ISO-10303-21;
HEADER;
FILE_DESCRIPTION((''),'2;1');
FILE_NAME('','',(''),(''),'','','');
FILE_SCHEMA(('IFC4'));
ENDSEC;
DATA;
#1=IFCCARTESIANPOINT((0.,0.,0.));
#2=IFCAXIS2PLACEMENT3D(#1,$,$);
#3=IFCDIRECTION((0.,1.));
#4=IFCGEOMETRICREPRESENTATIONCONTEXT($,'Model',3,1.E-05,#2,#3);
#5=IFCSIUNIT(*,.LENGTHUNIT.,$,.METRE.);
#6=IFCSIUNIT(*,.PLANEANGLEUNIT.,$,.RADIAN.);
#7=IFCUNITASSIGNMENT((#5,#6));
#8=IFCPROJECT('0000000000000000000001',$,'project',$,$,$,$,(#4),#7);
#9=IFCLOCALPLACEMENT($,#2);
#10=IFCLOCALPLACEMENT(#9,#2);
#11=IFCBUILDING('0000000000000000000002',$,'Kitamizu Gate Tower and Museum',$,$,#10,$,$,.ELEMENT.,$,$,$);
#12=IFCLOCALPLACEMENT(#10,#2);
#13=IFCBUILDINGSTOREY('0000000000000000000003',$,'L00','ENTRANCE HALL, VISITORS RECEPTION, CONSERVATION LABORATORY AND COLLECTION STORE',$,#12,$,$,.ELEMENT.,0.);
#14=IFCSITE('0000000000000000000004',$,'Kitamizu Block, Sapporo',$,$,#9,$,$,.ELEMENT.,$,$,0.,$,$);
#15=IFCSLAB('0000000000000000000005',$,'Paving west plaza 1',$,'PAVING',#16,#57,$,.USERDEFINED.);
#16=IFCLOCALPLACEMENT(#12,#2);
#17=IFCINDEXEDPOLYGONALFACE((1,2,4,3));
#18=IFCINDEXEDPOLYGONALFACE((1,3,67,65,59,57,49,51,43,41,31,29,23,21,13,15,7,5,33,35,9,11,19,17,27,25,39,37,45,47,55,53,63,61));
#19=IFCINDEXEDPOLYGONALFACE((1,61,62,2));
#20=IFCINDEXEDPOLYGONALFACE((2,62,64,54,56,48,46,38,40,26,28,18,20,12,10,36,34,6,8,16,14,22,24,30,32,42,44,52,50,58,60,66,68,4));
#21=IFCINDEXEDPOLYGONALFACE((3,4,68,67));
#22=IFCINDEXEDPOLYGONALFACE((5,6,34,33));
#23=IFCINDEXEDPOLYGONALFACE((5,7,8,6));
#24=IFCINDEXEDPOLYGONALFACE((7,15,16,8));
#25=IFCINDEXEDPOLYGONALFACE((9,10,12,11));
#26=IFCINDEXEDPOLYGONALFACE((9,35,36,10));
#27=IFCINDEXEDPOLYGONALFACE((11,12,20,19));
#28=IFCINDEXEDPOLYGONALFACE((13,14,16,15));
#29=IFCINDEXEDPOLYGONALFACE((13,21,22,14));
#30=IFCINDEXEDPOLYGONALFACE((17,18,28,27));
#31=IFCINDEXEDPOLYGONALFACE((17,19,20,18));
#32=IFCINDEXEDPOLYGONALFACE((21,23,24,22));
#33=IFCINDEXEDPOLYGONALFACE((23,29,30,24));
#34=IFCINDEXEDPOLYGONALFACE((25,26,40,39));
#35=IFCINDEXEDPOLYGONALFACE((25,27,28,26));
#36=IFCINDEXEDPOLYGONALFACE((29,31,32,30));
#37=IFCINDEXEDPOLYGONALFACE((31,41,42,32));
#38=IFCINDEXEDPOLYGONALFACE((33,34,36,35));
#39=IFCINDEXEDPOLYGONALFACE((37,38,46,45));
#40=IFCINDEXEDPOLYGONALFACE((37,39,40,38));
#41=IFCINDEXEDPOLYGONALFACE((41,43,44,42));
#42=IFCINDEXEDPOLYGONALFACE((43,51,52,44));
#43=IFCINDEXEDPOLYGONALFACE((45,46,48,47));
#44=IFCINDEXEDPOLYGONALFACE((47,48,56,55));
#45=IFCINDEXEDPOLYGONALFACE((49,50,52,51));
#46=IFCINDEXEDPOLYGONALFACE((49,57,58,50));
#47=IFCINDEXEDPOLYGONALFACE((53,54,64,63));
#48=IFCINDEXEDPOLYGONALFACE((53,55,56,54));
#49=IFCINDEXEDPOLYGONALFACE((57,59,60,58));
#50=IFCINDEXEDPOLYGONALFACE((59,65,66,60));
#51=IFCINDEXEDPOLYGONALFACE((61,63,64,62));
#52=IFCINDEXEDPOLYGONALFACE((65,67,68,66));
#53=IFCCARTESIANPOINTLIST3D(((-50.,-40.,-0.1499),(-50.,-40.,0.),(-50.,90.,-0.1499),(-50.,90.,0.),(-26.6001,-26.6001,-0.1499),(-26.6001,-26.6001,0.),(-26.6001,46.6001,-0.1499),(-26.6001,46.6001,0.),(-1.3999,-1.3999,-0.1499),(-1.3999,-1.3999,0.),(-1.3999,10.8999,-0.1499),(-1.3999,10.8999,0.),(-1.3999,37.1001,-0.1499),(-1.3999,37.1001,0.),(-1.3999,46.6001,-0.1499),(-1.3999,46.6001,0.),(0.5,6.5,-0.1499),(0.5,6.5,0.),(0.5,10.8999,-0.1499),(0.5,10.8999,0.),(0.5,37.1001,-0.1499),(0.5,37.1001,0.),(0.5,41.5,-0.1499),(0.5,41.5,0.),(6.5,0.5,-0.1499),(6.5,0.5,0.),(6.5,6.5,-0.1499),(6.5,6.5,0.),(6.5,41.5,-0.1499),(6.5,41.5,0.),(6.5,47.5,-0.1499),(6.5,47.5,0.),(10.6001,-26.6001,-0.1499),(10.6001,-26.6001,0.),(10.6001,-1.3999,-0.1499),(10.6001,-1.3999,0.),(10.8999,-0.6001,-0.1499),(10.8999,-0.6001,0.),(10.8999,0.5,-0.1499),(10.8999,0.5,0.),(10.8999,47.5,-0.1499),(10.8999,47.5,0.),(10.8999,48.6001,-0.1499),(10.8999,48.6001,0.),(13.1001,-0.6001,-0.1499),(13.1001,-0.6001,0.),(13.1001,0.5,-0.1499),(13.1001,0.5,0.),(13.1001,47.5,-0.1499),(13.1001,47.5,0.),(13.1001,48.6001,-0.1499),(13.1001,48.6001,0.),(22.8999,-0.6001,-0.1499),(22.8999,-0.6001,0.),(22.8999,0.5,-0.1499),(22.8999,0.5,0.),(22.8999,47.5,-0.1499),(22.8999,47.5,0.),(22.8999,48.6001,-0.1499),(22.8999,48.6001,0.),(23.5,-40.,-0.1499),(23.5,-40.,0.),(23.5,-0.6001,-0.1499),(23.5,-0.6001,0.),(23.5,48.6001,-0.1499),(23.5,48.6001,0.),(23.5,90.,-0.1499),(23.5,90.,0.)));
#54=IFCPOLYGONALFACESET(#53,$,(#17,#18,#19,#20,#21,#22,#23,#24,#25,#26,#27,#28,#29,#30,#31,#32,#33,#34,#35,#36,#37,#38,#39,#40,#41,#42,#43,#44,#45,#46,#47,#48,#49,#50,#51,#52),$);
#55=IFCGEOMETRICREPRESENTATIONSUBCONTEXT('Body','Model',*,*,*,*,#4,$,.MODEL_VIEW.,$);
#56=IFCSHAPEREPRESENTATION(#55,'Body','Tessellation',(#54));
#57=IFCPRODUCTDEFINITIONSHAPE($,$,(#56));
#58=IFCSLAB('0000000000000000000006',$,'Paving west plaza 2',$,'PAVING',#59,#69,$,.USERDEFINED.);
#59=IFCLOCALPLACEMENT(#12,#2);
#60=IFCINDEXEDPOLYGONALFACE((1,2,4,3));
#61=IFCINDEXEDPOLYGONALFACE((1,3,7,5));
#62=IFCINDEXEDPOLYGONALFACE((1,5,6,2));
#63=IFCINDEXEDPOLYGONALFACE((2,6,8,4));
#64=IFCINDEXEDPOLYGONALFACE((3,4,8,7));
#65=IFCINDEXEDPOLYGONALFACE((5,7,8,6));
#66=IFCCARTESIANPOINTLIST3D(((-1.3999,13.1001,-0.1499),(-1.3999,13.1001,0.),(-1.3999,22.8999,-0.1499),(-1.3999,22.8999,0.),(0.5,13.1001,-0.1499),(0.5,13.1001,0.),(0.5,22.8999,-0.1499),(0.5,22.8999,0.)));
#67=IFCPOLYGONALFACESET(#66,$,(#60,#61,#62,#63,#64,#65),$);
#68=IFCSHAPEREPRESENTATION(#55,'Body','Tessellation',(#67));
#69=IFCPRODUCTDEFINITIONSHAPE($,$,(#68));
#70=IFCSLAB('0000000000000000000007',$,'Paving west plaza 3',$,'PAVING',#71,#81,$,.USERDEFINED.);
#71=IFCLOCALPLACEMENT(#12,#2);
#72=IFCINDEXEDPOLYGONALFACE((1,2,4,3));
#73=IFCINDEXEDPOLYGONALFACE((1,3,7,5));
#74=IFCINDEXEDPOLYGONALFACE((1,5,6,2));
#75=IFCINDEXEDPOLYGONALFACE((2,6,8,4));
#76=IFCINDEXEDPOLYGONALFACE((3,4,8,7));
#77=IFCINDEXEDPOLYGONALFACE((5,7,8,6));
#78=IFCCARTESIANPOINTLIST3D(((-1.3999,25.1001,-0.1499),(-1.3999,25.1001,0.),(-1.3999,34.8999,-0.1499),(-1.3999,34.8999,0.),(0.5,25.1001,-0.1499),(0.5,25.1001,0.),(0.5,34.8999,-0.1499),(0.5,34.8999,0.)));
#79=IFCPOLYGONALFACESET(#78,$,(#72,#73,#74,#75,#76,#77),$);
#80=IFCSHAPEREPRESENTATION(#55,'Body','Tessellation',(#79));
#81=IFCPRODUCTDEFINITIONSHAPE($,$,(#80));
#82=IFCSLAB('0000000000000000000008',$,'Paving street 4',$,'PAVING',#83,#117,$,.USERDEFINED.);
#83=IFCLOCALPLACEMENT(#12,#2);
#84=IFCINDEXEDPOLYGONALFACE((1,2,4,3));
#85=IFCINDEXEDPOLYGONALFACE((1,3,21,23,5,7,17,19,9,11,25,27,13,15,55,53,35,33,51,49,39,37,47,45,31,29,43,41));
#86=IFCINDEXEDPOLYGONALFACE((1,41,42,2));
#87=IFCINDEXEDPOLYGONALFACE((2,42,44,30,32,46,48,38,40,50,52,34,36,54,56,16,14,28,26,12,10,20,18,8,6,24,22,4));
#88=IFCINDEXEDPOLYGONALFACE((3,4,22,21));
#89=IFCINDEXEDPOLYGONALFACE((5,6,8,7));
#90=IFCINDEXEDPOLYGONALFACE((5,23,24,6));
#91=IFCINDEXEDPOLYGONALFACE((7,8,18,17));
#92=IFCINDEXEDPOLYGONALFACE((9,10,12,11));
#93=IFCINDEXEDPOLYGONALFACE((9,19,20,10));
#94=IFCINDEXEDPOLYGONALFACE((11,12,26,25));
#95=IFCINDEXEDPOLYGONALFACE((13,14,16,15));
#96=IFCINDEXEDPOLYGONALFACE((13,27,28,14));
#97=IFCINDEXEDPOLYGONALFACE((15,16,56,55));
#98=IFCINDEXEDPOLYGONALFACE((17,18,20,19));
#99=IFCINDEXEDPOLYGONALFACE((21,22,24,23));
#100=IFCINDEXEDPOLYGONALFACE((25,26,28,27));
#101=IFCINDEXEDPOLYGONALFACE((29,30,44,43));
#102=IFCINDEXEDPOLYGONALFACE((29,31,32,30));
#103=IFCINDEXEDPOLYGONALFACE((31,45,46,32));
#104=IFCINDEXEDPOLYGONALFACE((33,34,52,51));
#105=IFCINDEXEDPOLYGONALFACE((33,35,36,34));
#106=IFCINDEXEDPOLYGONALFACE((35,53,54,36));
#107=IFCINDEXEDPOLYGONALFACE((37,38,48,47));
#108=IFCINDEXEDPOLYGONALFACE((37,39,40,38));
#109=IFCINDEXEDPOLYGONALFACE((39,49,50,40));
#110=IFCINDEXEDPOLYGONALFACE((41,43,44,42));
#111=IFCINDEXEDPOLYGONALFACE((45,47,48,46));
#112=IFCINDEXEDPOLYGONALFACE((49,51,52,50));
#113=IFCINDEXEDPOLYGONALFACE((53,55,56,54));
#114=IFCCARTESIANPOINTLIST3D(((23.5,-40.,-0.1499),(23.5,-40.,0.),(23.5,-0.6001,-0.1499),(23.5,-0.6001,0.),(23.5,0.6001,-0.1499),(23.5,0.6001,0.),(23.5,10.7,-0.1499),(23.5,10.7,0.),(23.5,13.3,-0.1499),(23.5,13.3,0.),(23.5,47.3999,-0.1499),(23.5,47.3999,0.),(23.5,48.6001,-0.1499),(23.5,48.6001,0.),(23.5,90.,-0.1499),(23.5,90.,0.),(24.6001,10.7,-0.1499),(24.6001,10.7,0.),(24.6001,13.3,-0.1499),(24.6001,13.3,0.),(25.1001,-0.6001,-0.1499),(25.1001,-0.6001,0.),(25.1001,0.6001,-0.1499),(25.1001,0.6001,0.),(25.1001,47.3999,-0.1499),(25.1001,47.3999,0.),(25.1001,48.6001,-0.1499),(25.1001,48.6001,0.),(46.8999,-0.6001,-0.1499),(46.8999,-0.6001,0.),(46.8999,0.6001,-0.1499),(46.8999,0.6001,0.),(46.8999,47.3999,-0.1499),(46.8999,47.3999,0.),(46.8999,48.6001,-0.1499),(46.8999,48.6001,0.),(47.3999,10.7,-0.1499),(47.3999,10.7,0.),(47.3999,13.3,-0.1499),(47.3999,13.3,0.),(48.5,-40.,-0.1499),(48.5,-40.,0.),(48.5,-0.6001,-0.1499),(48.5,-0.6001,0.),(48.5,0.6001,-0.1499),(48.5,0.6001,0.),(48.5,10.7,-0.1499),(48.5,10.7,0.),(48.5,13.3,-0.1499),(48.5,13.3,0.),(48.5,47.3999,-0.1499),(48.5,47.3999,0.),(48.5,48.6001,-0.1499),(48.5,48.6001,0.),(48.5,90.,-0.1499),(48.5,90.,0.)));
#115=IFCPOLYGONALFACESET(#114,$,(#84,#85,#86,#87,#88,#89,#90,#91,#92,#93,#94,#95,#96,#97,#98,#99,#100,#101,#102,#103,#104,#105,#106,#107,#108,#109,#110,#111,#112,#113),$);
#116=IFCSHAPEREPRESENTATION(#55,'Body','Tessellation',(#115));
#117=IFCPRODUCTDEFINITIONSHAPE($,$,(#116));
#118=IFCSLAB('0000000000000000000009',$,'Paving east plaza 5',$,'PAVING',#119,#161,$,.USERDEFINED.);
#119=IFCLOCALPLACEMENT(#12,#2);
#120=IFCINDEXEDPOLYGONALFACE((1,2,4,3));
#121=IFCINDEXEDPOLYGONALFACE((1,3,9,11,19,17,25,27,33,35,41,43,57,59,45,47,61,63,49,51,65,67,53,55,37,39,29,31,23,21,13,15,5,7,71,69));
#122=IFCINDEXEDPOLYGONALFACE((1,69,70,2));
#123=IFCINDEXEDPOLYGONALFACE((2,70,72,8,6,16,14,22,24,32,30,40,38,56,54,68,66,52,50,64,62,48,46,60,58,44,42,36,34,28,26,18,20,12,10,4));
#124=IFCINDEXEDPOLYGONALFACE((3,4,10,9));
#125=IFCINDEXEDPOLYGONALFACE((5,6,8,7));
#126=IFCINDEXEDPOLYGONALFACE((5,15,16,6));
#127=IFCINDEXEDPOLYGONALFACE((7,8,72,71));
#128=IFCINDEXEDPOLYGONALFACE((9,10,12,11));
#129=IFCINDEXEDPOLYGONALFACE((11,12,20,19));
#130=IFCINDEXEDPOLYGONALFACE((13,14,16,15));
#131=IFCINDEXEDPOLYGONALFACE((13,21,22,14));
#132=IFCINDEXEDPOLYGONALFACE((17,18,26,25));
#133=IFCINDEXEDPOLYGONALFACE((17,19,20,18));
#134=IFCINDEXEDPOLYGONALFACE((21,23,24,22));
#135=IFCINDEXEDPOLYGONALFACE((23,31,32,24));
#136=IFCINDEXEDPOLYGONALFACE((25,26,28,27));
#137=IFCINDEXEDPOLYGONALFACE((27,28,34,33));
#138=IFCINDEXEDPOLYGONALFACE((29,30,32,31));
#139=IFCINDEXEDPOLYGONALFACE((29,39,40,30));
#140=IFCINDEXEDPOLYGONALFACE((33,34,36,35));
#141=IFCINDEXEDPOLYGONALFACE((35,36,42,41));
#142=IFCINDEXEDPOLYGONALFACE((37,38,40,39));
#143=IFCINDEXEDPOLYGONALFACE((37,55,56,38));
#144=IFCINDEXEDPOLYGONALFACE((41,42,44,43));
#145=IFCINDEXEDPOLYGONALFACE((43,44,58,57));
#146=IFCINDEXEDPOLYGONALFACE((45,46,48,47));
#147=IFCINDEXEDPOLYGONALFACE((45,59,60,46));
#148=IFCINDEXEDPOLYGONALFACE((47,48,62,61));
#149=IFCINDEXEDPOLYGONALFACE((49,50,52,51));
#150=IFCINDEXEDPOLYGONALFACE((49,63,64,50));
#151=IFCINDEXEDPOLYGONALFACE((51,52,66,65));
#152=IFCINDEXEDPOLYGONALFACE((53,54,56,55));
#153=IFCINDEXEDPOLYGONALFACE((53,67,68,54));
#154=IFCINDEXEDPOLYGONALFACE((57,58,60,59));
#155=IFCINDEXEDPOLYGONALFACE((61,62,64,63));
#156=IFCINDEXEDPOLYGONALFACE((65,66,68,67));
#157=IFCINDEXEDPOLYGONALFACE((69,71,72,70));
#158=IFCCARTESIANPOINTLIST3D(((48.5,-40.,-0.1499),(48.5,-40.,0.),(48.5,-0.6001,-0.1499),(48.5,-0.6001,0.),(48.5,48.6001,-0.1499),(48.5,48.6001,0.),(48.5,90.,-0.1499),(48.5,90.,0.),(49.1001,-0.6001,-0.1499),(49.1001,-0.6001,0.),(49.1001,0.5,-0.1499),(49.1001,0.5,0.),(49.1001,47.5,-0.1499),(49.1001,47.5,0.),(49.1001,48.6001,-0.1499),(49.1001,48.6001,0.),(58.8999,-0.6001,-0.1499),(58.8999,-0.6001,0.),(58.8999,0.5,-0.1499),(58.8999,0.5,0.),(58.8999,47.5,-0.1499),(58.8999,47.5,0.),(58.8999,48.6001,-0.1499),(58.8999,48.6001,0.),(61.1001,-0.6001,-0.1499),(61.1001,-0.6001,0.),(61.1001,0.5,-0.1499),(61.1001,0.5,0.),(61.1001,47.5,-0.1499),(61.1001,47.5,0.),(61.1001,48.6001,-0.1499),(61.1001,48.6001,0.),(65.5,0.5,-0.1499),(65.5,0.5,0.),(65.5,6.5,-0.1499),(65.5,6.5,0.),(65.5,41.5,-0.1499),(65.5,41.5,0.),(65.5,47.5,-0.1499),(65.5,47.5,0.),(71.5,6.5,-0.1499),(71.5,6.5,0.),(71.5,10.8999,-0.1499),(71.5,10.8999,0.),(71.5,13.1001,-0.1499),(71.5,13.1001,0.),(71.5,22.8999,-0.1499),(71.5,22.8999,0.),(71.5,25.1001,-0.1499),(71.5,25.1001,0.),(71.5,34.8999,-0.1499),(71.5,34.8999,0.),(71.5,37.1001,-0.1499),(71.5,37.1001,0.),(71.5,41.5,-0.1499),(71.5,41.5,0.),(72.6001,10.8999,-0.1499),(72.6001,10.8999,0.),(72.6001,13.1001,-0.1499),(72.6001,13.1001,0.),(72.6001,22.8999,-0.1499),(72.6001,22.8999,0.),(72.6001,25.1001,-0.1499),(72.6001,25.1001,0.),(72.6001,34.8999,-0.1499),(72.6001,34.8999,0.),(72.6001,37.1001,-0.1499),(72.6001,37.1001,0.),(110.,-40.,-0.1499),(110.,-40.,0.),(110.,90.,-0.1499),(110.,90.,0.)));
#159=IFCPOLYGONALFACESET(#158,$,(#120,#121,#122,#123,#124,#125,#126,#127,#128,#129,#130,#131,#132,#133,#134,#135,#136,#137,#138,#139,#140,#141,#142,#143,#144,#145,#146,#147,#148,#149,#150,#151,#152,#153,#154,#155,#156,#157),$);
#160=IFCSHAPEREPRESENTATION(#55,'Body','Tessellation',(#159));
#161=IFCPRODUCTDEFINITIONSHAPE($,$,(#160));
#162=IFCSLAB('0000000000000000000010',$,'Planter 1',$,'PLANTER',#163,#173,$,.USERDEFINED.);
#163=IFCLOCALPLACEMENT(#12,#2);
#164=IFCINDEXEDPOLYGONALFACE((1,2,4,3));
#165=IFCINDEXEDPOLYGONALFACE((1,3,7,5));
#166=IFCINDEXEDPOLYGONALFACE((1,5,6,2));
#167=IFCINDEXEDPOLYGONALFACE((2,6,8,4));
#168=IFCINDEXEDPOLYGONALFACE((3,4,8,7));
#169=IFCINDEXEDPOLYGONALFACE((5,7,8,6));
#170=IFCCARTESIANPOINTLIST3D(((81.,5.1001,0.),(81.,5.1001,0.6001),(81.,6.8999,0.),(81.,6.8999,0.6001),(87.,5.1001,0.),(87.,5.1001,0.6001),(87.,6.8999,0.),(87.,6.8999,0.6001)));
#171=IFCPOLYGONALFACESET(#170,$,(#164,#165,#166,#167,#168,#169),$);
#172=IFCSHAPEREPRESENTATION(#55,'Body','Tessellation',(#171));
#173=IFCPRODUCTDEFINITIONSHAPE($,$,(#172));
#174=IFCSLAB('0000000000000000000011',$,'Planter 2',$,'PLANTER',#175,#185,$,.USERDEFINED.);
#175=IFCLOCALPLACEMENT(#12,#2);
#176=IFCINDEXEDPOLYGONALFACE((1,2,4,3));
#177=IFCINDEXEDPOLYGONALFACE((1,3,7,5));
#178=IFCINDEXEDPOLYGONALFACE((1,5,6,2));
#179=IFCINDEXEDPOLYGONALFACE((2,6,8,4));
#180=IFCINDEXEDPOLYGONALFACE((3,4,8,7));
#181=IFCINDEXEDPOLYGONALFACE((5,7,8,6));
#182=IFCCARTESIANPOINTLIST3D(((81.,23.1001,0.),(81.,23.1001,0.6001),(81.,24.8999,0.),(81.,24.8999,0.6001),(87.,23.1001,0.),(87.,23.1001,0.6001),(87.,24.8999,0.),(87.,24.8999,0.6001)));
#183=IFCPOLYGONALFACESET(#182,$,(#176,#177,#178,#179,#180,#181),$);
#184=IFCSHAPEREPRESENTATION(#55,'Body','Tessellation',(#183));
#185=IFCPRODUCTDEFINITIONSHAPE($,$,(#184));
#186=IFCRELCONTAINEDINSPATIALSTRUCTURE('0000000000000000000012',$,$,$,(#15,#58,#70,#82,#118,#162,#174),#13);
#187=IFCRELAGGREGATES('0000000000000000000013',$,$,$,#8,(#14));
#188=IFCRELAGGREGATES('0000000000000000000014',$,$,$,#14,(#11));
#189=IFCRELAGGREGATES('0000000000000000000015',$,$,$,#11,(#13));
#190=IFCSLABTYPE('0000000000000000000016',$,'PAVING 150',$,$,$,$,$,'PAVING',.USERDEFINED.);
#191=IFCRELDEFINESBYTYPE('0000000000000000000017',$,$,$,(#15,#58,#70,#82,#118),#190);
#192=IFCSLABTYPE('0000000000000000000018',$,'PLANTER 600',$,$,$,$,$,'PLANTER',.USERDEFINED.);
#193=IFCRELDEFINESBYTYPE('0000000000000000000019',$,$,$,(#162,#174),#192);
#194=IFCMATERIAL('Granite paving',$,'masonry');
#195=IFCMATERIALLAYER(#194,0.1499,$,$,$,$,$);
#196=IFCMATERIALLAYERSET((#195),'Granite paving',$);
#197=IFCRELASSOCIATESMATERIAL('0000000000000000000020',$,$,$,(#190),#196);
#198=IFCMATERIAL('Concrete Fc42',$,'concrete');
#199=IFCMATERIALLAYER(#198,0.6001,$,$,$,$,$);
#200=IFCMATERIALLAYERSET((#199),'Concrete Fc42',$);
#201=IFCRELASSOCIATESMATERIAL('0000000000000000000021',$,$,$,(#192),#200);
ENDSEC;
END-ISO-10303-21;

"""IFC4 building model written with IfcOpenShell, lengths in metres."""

from ifc_helpers import new_model, si_unit, direction, frame, origin, place, context, subcontext, project, spatial, polyline, outline, extrude, material, layer, layer_set, type_object, element, save


model = new_model("IFC4")

# Units and contexts
model_context = context("Model", 3, precision=1e-05, world=origin(), true_north=direction((0.0, 1.0)))
body_context = subcontext(model_context, "Body", "Model", "MODEL_VIEW")
ifc_project = project(units=[si_unit("LENGTHUNIT", "METRE"), si_unit("PLANEANGLEUNIT", "RADIAN")], contexts=[model_context])

# Site, building, storey
site_placement = place(None, origin())
site = spatial("IfcSite", under=ifc_project, at=site_placement, Name="Kitamizu Block, Sapporo", CompositionType="ELEMENT", RefElevation=0.0)
building_placement = place(site_placement, origin())
building = spatial("IfcBuilding", under=site, at=building_placement, Name="Kitamizu Gate Tower and Museum", CompositionType="ELEMENT")
storey_placement = place(building_placement, origin())
storey = spatial("IfcBuildingStorey", under=building, at=storey_placement, Name="L00", Description="ENTRANCE HALL, VISITORS RECEPTION, CONSERVATION LABORATORY AND COLLECTION STORE", CompositionType="ELEMENT", Elevation=0.0)

# Slabs
ifc_material_1 = material(Name="Granite paving", Category="masonry")
ifc_layer_1 = layer(ifc_material_1, 0.1499)
ifc_layer_set_1 = layer_set([ifc_layer_1], Name="Granite paving")
slab_type_1 = type_object("IfcSlabType", Name="PAVING 150", ElementType="PAVING", PredefinedType="USERDEFINED", material=ifc_layer_set_1)
slab_1_placement = place(storey_placement, frame((0.0, 0.0, -0.1499)))
element("IfcSlab", 1, at=slab_1_placement, inside=storey, type_object=slab_type_1, Name="Paving west plaza 1", ObjectType="PAVING", PredefinedType="USERDEFINED", context=body_context, shape_type="SweptSolid", body=[
    extrude(outline(polyline([(-50.0, -40.0), (-50.0, 90.0), (23.5, 90.0), (23.5, 48.6001), (22.8999, 48.6001), (22.8999, 47.5), (13.1001, 47.5), (13.1001, 48.6001), (10.8999, 48.6001), (10.8999, 47.5), (6.5, 47.5), (6.5, 41.5), (0.5, 41.5), (0.5, 37.1001), (-1.3999, 37.1001), (-1.3999, 46.6001), (-26.6001, 46.6001), (-26.6001, -26.6001), (10.6001, -26.6001), (10.6001, -1.3999), (-1.3999, -1.3999), (-1.3999, 10.8999), (0.5, 10.8999), (0.5, 6.5), (6.5, 6.5), (6.5, 0.5), (10.8999, 0.5), (10.8999, -0.6001), (13.1001, -0.6001), (13.1001, 0.5), (22.8999, 0.5), (22.8999, -0.6001), (23.5, -0.6001), (23.5, -40.0), (-50.0, -40.0)])), origin(), (0.0, 0.0, 1.0), 0.1499),
])
slab_2_placement = place(storey_placement, frame((0.0, 0.0, -0.1499)))
element("IfcSlab", 2, at=slab_2_placement, inside=storey, type_object=slab_type_1, Name="Paving west plaza 2", ObjectType="PAVING", PredefinedType="USERDEFINED", context=body_context, shape_type="SweptSolid", body=[
    extrude(outline(polyline([(-1.3999, 22.8999), (0.5, 22.8999), (0.5, 13.1001), (-1.3999, 13.1001), (-1.3999, 22.8999)])), origin(), (0.0, 0.0, 1.0), 0.1499),
])
slab_3_placement = place(storey_placement, frame((0.0, 0.0, -0.1499)))
element("IfcSlab", 3, at=slab_3_placement, inside=storey, type_object=slab_type_1, Name="Paving west plaza 3", ObjectType="PAVING", PredefinedType="USERDEFINED", context=body_context, shape_type="SweptSolid", body=[
    extrude(outline(polyline([(-1.3999, 34.8999), (0.5, 34.8999), (0.5, 25.1001), (-1.3999, 25.1001), (-1.3999, 34.8999)])), origin(), (0.0, 0.0, 1.0), 0.1499),
])
slab_4_placement = place(storey_placement, frame((0.0, 0.0, -0.1499)))
element("IfcSlab", 4, at=slab_4_placement, inside=storey, type_object=slab_type_1, Name="Paving street 4", ObjectType="PAVING", PredefinedType="USERDEFINED", context=body_context, shape_type="SweptSolid", body=[
    extrude(outline(polyline([(23.5, -40.0), (23.5, -0.6001), (25.1001, -0.6001), (25.1001, 0.6001), (23.5, 0.6001), (23.5, 10.7), (24.6001, 10.7), (24.6001, 13.3), (23.5, 13.3), (23.5, 47.3999), (25.1001, 47.3999), (25.1001, 48.6001), (23.5, 48.6001), (23.5, 90.0), (48.5, 90.0), (48.5, 48.6001), (46.8999, 48.6001), (46.8999, 47.3999), (48.5, 47.3999), (48.5, 13.3), (47.3999, 13.3), (47.3999, 10.7), (48.5, 10.7), (48.5, 0.6001), (46.8999, 0.6001), (46.8999, -0.6001), (48.5, -0.6001), (48.5, -40.0), (23.5, -40.0)])), origin(), (0.0, 0.0, 1.0), 0.1499),
])
slab_5_placement = place(storey_placement, frame((0.0, 0.0, -0.1499)))
element("IfcSlab", 5, at=slab_5_placement, inside=storey, type_object=slab_type_1, Name="Paving east plaza 5", ObjectType="PAVING", PredefinedType="USERDEFINED", context=body_context, shape_type="SweptSolid", body=[
    extrude(outline(polyline([(110.0, -40.0), (48.5, -40.0), (48.5, -0.6001), (49.1001, -0.6001), (49.1001, 0.5), (58.8999, 0.5), (58.8999, -0.6001), (61.1001, -0.6001), (61.1001, 0.5), (65.5, 0.5), (65.5, 6.5), (71.5, 6.5), (71.5, 10.8999), (72.6001, 10.8999), (72.6001, 13.1001), (71.5, 13.1001), (71.5, 22.8999), (72.6001, 22.8999), (72.6001, 25.1001), (71.5, 25.1001), (71.5, 34.8999), (72.6001, 34.8999), (72.6001, 37.1001), (71.5, 37.1001), (71.5, 41.5), (65.5, 41.5), (65.5, 47.5), (61.1001, 47.5), (61.1001, 48.6001), (58.8999, 48.6001), (58.8999, 47.5), (49.1001, 47.5), (49.1001, 48.6001), (48.5, 48.6001), (48.5, 90.0), (110.0, 90.0), (110.0, -40.0)])), origin(), (0.0, 0.0, 1.0), 0.1499),
])
ifc_material_2 = material(Name="Concrete Fc42", Category="concrete")
ifc_layer_2 = layer(ifc_material_2, 0.6001)
ifc_layer_set_2 = layer_set([ifc_layer_2], Name="Concrete Fc42")
slab_type_2 = type_object("IfcSlabType", Name="PLANTER 600", ElementType="PLANTER", PredefinedType="USERDEFINED", material=ifc_layer_set_2)
slab_6_placement = place(storey_placement, origin())
element("IfcSlab", 6, at=slab_6_placement, inside=storey, type_object=slab_type_2, Name="Planter 1", ObjectType="PLANTER", PredefinedType="USERDEFINED", context=body_context, shape_type="SweptSolid", body=[
    extrude(outline(polyline([(87.0, 5.1001), (87.0, 6.8999), (81.0, 6.8999), (81.0, 5.1001), (87.0, 5.1001)])), origin(), (0.0, 0.0, 1.0), 0.6001),
])
slab_7_placement = place(storey_placement, origin())
element("IfcSlab", 7, at=slab_7_placement, inside=storey, type_object=slab_type_2, Name="Planter 2", ObjectType="PLANTER", PredefinedType="USERDEFINED", context=body_context, shape_type="SweptSolid", body=[
    extrude(outline(polyline([(87.0, 23.1001), (87.0, 24.8999), (81.0, 24.8999), (81.0, 23.1001), (87.0, 23.1001)])), origin(), (0.0, 0.0, 1.0), 0.6001),
])

save(model, "model.ifc")
